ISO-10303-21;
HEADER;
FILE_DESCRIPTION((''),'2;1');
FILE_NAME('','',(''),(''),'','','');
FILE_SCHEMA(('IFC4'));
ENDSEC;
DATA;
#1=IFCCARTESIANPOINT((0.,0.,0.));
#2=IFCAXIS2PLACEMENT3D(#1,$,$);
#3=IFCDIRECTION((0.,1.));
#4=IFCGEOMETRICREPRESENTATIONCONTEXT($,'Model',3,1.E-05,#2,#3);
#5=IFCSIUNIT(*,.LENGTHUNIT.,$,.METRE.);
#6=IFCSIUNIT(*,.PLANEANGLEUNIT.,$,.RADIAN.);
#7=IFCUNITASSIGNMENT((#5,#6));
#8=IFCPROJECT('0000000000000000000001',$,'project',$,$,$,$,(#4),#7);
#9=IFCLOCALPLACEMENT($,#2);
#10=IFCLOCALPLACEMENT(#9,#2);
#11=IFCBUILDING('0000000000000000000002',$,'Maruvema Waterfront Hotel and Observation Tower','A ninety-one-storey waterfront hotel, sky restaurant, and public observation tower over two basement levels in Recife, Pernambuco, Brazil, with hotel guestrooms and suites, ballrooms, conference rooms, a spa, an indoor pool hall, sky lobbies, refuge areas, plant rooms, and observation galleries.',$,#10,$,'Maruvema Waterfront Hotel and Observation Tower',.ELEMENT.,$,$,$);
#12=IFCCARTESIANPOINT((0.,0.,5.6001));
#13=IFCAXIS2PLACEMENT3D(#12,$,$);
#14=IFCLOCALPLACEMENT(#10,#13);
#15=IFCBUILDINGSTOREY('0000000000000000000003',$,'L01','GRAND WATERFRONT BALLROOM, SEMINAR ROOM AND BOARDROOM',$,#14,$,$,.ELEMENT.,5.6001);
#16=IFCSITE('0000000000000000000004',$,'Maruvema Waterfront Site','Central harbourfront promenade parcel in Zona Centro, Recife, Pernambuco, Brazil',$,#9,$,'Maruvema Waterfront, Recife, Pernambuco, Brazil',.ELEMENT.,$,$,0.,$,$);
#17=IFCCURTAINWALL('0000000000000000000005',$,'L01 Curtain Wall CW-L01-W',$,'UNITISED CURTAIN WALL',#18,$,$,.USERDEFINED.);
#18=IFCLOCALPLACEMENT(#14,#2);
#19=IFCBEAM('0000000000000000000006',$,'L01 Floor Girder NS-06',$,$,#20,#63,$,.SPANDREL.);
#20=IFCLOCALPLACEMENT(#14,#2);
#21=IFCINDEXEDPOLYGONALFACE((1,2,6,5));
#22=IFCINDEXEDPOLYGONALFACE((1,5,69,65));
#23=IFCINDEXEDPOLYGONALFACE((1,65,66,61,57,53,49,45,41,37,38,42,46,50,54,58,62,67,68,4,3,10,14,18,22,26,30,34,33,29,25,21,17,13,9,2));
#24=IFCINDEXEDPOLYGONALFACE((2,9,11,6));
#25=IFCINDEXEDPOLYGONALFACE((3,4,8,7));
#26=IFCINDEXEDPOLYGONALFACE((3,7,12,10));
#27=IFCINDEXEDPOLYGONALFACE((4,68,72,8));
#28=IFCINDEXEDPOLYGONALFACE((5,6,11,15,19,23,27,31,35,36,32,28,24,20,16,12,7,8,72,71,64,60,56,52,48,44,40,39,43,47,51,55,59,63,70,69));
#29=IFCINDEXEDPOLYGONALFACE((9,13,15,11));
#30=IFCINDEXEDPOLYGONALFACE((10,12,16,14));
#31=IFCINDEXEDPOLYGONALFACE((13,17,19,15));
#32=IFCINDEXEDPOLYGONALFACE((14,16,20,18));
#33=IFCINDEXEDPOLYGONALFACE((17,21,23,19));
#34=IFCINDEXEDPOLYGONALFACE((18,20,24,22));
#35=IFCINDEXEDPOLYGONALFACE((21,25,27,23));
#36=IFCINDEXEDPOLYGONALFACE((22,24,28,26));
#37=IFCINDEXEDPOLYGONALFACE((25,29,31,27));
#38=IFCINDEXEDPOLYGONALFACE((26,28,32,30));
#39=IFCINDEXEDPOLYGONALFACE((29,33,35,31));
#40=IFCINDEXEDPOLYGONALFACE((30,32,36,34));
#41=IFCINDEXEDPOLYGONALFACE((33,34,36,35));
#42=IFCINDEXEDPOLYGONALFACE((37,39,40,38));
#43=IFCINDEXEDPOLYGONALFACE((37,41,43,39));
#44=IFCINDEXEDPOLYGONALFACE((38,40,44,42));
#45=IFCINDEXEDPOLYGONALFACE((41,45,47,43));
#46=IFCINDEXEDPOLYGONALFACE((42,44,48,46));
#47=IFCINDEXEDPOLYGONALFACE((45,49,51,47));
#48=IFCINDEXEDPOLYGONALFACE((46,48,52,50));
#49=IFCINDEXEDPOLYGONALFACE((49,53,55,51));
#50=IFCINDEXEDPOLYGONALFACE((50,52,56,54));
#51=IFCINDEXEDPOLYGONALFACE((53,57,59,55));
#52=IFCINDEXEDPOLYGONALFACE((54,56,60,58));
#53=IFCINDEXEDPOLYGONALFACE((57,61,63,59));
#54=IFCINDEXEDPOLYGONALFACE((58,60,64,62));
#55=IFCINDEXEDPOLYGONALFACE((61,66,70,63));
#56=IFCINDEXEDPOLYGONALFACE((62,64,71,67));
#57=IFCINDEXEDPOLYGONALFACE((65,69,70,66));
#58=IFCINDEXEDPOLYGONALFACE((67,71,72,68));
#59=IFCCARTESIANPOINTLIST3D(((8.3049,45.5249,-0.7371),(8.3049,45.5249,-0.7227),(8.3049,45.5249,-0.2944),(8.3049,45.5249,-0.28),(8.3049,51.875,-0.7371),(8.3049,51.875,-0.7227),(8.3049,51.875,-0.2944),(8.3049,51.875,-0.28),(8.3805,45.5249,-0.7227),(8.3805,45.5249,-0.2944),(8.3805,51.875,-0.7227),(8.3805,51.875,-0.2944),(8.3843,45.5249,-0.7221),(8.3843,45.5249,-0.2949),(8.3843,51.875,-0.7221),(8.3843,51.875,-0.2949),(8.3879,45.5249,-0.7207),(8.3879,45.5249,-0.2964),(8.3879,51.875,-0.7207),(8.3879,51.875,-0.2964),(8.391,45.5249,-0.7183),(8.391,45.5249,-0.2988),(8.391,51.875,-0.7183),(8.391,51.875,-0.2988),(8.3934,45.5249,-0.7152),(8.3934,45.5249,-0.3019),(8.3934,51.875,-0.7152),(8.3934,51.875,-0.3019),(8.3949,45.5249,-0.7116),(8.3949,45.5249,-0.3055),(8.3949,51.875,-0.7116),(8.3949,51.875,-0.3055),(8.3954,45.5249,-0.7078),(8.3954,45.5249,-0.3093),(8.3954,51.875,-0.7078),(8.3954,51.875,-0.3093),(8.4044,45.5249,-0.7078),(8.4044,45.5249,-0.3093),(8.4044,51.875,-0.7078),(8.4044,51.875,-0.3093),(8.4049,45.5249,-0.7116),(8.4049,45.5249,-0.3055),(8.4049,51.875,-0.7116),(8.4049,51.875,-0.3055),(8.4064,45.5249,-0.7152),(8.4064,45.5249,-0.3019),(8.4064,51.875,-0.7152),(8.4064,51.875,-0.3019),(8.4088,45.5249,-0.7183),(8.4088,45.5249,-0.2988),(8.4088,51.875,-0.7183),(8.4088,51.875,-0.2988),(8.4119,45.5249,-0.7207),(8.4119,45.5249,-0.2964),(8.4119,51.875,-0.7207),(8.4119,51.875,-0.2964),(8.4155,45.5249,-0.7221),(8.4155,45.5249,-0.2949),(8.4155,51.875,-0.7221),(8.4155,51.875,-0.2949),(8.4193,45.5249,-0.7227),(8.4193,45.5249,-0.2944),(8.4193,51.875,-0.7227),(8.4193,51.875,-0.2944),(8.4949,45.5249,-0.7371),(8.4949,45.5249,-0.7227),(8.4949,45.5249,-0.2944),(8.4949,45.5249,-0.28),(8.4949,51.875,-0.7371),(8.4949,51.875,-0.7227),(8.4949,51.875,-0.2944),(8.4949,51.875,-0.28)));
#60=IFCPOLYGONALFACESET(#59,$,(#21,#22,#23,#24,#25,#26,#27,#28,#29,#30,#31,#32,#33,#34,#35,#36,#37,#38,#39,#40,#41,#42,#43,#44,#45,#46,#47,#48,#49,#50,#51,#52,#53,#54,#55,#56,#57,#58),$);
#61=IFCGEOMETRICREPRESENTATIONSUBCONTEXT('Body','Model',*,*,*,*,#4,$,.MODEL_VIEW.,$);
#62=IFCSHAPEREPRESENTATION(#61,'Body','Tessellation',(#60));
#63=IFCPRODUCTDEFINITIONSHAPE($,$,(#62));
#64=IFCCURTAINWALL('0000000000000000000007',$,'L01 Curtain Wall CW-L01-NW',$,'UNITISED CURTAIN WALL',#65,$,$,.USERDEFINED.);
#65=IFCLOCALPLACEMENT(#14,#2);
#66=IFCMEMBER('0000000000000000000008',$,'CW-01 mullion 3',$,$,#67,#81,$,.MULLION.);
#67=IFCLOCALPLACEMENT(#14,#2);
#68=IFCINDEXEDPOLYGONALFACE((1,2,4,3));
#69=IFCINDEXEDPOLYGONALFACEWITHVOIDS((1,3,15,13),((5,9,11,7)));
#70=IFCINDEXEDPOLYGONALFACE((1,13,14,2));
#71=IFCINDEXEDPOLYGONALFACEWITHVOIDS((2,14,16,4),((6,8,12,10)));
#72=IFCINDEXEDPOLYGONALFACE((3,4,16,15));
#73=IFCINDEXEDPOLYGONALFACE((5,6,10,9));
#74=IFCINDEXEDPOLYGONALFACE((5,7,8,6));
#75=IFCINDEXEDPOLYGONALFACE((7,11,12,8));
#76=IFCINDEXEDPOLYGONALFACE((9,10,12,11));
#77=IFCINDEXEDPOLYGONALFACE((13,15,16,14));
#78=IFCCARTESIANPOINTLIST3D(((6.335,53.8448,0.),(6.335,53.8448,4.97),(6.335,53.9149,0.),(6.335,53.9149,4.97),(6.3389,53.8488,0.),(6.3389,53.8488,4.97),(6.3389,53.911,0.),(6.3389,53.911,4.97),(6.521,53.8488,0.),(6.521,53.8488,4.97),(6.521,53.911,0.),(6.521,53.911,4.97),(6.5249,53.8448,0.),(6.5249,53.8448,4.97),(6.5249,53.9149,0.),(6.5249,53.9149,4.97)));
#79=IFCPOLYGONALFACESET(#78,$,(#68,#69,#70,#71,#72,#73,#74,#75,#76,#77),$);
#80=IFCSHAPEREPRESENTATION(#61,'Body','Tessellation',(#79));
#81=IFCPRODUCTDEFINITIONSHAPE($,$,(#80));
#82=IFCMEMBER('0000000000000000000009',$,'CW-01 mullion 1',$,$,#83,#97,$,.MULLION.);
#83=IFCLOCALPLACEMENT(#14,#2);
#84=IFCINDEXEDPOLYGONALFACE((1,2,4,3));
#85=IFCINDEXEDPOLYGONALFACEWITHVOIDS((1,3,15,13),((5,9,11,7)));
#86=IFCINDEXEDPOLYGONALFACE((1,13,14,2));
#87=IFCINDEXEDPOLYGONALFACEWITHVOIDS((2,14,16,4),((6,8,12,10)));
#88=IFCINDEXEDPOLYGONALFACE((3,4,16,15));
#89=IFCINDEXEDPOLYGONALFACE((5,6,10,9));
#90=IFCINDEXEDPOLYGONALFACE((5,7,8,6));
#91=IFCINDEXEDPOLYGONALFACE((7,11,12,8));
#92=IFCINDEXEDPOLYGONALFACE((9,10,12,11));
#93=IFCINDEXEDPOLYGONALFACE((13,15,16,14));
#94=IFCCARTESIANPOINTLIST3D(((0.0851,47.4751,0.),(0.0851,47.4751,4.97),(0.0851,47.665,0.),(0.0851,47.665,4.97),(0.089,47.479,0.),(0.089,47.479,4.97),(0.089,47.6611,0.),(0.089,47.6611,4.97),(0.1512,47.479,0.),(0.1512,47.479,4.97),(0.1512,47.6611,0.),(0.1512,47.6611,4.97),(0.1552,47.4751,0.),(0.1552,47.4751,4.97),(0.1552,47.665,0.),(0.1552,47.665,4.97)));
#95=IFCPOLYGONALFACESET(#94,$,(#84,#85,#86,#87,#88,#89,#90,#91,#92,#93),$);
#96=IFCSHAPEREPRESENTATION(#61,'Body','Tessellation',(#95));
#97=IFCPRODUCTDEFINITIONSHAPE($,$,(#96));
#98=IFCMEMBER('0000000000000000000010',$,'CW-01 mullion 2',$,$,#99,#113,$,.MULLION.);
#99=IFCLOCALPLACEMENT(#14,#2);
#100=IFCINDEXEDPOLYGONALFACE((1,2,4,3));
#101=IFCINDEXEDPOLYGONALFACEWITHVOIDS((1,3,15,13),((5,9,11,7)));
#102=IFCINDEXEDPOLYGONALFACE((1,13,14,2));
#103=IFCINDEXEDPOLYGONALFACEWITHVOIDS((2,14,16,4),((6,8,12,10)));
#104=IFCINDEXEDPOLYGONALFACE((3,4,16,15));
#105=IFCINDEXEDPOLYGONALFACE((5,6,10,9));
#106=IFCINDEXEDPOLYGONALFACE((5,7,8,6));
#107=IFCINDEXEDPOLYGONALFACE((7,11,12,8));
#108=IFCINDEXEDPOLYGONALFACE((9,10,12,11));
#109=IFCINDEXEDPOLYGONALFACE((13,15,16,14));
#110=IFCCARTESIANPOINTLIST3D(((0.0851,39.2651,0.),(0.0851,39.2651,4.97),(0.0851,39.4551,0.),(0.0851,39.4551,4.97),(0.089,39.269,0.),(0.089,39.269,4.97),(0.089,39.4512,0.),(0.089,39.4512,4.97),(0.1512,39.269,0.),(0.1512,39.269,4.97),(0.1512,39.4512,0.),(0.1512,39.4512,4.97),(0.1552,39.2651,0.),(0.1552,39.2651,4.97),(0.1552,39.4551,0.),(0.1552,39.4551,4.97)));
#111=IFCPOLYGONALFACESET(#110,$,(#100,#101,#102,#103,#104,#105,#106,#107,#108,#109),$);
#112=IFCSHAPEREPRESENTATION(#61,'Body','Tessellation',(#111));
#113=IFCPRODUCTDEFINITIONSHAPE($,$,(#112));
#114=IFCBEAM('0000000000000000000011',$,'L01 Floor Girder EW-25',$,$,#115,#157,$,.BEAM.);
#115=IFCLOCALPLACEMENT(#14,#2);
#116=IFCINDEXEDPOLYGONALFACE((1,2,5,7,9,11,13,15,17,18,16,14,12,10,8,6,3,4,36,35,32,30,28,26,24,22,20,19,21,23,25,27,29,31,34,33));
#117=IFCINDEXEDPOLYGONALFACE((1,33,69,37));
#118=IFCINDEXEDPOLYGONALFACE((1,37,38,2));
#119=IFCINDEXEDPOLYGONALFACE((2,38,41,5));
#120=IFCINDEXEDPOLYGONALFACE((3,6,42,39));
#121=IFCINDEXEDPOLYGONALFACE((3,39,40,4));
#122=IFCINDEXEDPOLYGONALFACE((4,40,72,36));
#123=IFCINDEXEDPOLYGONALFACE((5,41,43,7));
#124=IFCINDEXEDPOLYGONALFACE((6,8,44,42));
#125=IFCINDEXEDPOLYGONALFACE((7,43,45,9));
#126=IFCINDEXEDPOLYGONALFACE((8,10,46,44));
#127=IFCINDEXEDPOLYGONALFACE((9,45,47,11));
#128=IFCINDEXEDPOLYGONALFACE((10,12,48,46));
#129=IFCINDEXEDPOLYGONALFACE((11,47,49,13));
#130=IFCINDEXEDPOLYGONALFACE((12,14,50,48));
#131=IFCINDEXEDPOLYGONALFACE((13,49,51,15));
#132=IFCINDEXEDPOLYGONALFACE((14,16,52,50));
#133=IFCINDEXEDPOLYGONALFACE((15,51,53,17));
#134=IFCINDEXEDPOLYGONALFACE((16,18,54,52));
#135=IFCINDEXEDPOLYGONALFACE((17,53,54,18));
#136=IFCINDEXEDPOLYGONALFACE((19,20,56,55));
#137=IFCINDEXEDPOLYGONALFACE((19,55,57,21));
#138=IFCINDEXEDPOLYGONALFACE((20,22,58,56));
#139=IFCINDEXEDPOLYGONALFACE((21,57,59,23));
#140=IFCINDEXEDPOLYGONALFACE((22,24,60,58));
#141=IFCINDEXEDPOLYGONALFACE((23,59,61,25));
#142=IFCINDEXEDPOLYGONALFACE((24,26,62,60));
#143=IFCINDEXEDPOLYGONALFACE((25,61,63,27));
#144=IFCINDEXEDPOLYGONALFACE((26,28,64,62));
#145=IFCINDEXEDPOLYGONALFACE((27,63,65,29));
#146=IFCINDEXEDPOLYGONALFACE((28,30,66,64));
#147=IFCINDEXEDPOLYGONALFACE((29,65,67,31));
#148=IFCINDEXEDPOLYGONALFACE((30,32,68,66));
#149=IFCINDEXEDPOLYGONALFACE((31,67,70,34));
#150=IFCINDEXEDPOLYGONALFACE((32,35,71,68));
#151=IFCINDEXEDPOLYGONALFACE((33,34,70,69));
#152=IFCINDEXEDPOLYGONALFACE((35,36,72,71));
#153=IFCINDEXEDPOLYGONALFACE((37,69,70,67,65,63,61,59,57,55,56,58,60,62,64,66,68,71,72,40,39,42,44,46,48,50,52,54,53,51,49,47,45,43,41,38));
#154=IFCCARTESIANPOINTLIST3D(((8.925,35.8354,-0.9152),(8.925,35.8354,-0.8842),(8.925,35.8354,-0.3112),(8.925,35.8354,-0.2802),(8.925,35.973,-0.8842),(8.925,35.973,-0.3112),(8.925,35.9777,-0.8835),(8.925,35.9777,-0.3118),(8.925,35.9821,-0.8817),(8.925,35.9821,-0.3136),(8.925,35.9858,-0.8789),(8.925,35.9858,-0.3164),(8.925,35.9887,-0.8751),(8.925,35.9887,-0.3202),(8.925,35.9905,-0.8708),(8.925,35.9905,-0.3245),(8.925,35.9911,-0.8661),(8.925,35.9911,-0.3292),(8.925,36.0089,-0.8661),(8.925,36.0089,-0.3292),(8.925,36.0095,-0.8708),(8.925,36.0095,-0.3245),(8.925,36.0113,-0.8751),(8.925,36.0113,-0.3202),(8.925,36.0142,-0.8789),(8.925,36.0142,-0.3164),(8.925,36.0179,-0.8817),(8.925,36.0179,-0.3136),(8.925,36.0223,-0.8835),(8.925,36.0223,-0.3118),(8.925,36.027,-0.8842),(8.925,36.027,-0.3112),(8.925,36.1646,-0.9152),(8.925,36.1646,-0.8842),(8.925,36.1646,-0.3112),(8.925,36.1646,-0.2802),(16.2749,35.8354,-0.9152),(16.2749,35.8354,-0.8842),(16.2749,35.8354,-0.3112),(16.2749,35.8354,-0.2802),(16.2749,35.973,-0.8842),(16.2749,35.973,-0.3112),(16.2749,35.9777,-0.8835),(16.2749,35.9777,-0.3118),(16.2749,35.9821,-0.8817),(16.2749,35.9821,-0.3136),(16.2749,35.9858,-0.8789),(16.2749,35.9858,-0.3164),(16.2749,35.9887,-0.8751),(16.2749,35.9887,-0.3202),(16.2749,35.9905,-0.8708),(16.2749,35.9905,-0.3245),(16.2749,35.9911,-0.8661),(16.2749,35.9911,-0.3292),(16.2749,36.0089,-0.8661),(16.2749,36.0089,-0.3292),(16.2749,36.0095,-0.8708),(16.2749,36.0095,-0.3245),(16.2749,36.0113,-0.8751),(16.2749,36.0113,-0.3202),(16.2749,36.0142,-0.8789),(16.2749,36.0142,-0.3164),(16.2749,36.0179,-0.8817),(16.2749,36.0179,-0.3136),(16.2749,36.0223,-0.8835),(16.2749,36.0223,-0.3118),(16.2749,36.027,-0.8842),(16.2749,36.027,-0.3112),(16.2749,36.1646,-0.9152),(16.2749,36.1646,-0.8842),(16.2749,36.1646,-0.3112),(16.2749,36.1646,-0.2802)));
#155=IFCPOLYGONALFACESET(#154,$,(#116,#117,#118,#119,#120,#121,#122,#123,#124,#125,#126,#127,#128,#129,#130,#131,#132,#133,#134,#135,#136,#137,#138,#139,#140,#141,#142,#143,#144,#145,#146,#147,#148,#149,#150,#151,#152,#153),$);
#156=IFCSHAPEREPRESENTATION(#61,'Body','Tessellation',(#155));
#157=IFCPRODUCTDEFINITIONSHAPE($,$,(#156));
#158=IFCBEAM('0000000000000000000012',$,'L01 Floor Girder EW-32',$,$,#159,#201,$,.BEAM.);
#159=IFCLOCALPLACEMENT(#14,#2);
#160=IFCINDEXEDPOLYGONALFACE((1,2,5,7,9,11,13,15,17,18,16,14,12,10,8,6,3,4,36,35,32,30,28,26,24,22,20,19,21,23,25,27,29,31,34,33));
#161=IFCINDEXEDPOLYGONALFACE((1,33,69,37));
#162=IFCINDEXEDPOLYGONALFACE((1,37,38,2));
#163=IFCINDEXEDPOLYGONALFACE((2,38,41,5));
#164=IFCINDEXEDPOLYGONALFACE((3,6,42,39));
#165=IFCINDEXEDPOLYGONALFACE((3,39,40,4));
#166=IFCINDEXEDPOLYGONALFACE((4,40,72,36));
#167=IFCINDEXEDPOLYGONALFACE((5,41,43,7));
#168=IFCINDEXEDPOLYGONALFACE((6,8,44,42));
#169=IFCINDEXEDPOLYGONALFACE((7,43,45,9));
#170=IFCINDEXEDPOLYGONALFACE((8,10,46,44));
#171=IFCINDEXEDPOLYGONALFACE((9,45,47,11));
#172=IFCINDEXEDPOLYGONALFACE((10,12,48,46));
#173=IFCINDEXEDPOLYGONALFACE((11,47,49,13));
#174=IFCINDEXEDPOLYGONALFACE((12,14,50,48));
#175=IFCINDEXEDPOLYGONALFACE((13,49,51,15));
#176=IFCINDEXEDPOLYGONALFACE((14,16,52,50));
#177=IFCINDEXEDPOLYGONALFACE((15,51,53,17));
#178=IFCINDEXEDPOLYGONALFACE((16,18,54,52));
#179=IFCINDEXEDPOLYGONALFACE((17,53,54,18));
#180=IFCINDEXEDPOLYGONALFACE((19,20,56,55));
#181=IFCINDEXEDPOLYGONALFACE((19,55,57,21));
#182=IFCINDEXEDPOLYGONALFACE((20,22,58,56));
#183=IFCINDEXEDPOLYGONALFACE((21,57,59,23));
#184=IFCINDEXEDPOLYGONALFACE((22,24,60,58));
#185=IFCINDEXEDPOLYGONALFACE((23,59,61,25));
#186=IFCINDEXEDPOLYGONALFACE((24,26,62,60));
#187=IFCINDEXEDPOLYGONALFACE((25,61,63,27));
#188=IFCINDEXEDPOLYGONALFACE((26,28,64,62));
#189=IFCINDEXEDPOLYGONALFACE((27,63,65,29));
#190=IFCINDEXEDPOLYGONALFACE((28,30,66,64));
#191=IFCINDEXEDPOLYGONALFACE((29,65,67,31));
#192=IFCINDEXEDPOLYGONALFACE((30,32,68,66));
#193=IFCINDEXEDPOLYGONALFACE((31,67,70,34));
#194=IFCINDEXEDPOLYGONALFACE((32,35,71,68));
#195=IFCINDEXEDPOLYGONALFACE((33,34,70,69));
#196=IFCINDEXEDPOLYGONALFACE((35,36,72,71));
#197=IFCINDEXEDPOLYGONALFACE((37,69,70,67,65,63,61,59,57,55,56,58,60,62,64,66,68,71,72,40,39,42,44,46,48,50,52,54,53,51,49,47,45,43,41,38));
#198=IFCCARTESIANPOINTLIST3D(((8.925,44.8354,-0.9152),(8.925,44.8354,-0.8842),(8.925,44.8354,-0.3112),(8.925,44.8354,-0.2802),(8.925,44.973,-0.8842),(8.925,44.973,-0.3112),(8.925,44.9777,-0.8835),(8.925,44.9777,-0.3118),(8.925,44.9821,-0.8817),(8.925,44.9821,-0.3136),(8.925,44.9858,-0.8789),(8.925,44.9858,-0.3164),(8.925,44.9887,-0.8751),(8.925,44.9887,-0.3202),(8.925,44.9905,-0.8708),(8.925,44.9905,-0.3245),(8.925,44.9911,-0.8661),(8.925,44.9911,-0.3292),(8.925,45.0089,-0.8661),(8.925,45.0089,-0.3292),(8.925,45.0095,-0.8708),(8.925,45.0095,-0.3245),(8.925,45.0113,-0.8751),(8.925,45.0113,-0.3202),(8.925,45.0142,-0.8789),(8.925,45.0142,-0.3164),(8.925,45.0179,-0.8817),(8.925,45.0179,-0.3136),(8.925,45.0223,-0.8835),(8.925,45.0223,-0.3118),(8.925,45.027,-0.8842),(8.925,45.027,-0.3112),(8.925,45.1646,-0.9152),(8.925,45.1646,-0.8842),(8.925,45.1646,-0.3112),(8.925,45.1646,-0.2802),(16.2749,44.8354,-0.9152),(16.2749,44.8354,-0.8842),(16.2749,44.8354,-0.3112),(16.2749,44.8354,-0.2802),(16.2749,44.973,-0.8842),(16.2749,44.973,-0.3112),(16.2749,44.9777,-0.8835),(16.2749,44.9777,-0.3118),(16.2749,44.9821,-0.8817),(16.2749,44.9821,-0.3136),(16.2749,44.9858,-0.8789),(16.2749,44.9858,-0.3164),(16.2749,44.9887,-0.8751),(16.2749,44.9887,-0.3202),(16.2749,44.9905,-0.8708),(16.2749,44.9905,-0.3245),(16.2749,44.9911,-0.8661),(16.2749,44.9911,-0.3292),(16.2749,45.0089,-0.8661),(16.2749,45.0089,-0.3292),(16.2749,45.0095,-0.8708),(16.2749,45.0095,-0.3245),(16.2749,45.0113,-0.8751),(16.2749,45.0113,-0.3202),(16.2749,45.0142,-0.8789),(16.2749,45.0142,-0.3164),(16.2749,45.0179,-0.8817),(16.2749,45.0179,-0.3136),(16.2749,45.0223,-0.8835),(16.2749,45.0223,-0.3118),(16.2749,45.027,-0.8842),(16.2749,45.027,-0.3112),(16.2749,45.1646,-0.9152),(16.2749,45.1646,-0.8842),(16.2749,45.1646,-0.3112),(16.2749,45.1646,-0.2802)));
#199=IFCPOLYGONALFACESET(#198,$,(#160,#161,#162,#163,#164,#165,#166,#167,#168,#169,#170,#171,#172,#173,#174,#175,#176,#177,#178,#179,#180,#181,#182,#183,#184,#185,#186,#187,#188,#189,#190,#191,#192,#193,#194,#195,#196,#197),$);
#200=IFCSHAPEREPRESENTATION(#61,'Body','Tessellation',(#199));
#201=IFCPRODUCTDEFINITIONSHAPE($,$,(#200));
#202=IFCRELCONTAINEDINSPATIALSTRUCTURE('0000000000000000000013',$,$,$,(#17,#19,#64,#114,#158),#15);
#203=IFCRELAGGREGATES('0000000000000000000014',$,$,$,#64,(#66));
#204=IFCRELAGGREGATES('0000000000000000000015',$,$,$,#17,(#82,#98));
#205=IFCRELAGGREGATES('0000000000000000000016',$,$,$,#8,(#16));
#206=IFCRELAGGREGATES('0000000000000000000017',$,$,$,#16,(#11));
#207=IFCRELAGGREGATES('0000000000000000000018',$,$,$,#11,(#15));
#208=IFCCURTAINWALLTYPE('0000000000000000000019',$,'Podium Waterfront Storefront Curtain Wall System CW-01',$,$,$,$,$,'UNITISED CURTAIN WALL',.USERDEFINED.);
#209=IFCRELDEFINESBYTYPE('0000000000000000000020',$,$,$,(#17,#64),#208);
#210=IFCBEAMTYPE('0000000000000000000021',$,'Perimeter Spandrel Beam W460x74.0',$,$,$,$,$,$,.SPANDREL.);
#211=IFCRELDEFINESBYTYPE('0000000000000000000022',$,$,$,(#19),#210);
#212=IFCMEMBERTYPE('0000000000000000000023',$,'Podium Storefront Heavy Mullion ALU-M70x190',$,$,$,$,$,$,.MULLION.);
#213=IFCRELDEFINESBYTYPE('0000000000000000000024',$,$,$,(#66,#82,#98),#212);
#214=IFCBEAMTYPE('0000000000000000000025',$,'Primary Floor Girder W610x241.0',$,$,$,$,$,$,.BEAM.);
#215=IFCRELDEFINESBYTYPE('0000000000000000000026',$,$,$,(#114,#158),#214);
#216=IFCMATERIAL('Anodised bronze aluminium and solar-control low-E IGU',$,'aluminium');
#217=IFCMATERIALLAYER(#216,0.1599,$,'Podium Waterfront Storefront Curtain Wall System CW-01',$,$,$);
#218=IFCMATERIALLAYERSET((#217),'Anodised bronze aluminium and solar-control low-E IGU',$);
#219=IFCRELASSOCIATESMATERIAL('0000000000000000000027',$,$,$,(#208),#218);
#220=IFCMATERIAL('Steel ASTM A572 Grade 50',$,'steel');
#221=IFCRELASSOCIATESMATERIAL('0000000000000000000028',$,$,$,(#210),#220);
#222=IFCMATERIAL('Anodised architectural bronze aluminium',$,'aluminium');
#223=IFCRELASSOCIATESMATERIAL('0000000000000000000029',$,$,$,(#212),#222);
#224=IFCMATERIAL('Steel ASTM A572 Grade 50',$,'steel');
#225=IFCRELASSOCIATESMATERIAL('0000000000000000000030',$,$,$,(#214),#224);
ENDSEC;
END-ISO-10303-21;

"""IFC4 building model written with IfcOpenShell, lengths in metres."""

from ifc_helpers import new_model, si_unit, direction, frame, origin, origin_2d, place, context, subcontext, project, spatial, hollow_rectangle, i_section, extrude, material, layer, layer_set, material_profile, profile_set, type_object, element, aggregate, save


model = new_model("IFC4")

# Units and contexts
model_context = context("Model", 3, precision=1e-05, world=origin(), true_north=direction((0.0, 1.0)))
body_context = subcontext(model_context, "Body", "Model", "MODEL_VIEW")
ifc_project = project(units=[si_unit("LENGTHUNIT", "METRE"), si_unit("PLANEANGLEUNIT", "RADIAN")], contexts=[model_context])

# Site, building, storey
site_placement = place(None, origin())
site = spatial("IfcSite", under=ifc_project, at=site_placement, Name="Maruvema Waterfront Site", Description="Central harbourfront promenade parcel in Zona Centro, Recife, Pernambuco, Brazil", LongName="Maruvema Waterfront, Recife, Pernambuco, Brazil", CompositionType="ELEMENT", RefElevation=0.0)
building_placement = place(site_placement, origin())
building = spatial("IfcBuilding", under=site, at=building_placement, Name="Maruvema Waterfront Hotel and Observation Tower", Description="A ninety-one-storey waterfront hotel, sky restaurant, and public observation tower over two basement levels in Recife, Pernambuco, Brazil, with hotel guestrooms and suites, ballrooms, conference rooms, a spa, an indoor pool hall, sky lobbies, refuge areas, plant rooms, and observation galleries.", LongName="Maruvema Waterfront Hotel and Observation Tower", CompositionType="ELEMENT")
storey_placement = place(building_placement, frame((0.0, 0.0, 5.6001)))
storey = spatial("IfcBuildingStorey", under=building, at=storey_placement, Name="L01", Description="GRAND WATERFRONT BALLROOM, SEMINAR ROOM AND BOARDROOM", CompositionType="ELEMENT", Elevation=5.6001)

# Curtain wall
ifc_material_1 = material(Name="Anodised bronze aluminium and solar-control low-E IGU", Category="aluminium")
ifc_layer_1 = layer(ifc_material_1, 0.1599, Name="Podium Waterfront Storefront Curtain Wall System CW-01")
ifc_layer_set_1 = layer_set([ifc_layer_1], Name="Anodised bronze aluminium and solar-control low-E IGU")
curtain_wall_type = type_object("IfcCurtainWallType", Name="Podium Waterfront Storefront Curtain Wall System CW-01", ElementType="UNITISED CURTAIN WALL", PredefinedType="USERDEFINED", material=ifc_layer_set_1)
curtain_wall_1_placement = place(storey_placement, origin())
curtain_wall_1 = element("IfcCurtainWall", 1, at=curtain_wall_1_placement, inside=storey, type_object=curtain_wall_type, Name="L01 Curtain Wall CW-L01-W", ObjectType="UNITISED CURTAIN WALL", PredefinedType="USERDEFINED")

# Beam
ifc_material_2 = material(Name="Steel ASTM A572 Grade 50", Category="steel")
ifc_material_profile_1 = material_profile(ifc_material_2, i_section(OverallWidth=0.1899, OverallDepth=0.457, WebThickness=0.009, FlangeThickness=0.0144, FilletRadius=0.0149, at=origin_2d()), Name="W460x74.0")
ifc_profile_set_1 = profile_set([ifc_material_profile_1], Name="Steel ASTM A572 Grade 50")
beam_type_1 = type_object("IfcBeamType", Name="Perimeter Spandrel Beam W460x74.0", PredefinedType="SPANDREL", material=ifc_profile_set_1)
beam_1_placement = place(storey_placement, frame((8.3999, 45.5249, -0.5085), z_axis=(0.0, 1.0, 0.0), x_axis=(-1.0, 0.0, 0.0)))
element("IfcBeam", 2, at=beam_1_placement, inside=storey, type_object=beam_type_1, Name="L01 Floor Girder NS-06", PredefinedType="SPANDREL", context=body_context, shape_type="SweptSolid", body=[
    extrude(i_section(OverallWidth=0.1899, OverallDepth=0.457, WebThickness=0.009, FlangeThickness=0.0144, FilletRadius=0.0149, at=origin_2d()), origin(), (0.0, 0.0, 1.0), 6.3501),
])

# Curtain wall, member
curtain_wall_2_placement = place(storey_placement, origin())
curtain_wall_2 = element("IfcCurtainWall", 3, at=curtain_wall_2_placement, inside=storey, type_object=curtain_wall_type, Name="L01 Curtain Wall CW-L01-NW", ObjectType="UNITISED CURTAIN WALL", PredefinedType="USERDEFINED")
ifc_material_3 = material(Name="Anodised architectural bronze aluminium", Category="aluminium")
ifc_material_profile_2 = material_profile(ifc_material_3, hollow_rectangle(XDim=0.0701, YDim=0.1899, WallThickness=0.0039, at=origin_2d()), Name="ALU-M70x190")
ifc_profile_set_2 = profile_set([ifc_material_profile_2], Name="Anodised architectural bronze aluminium")
member_type_1 = type_object("IfcMemberType", Name="Podium Storefront Heavy Mullion ALU-M70x190", PredefinedType="MULLION", material=ifc_profile_set_2)
member_1_placement = place(storey_placement, frame((6.4299, 53.8799, 0.0), z_axis=(0.0, 0.0, 1.0), x_axis=(0.0, -1.0, 0.0)))
member_1 = element("IfcMember", 4, at=member_1_placement, type_object=member_type_1, Name="CW-01 mullion 3", PredefinedType="MULLION", context=body_context, shape_type="SweptSolid", body=[
    extrude(hollow_rectangle(XDim=0.0701, YDim=0.1899, WallThickness=0.0039, at=origin_2d()), origin(), (0.0, 0.0, 1.0), 4.97),
])

# Members
member_2_placement = place(storey_placement, frame((0.1201, 47.5701, 0.0), z_axis=(0.0, 0.0, 1.0), x_axis=(1.0, 0.0, 0.0)))
member_2 = element("IfcMember", 5, at=member_2_placement, type_object=member_type_1, Name="CW-01 mullion 1", PredefinedType="MULLION", context=body_context, shape_type="SweptSolid", body=[
    extrude(hollow_rectangle(XDim=0.0701, YDim=0.1899, WallThickness=0.0039, at=origin_2d()), origin(), (0.0, 0.0, 1.0), 4.97),
])
member_3_placement = place(storey_placement, frame((0.1201, 39.3601, 0.0), z_axis=(0.0, 0.0, 1.0), x_axis=(1.0, 0.0, 0.0)))
member_3 = element("IfcMember", 6, at=member_3_placement, type_object=member_type_1, Name="CW-01 mullion 2", PredefinedType="MULLION", context=body_context, shape_type="SweptSolid", body=[
    extrude(hollow_rectangle(XDim=0.0701, YDim=0.1899, WallThickness=0.0039, at=origin_2d()), origin(), (0.0, 0.0, 1.0), 4.97),
])

# Beams
ifc_material_4 = material(Name="Steel ASTM A572 Grade 50", Category="steel")
ifc_material_profile_3 = material_profile(ifc_material_4, i_section(OverallWidth=0.3291, OverallDepth=0.635, WebThickness=0.0178, FlangeThickness=0.031, FilletRadius=0.0181, at=origin_2d()), Name="W610x241.0")
ifc_profile_set_3 = profile_set([ifc_material_profile_3], Name="Steel ASTM A572 Grade 50")
beam_type_2 = type_object("IfcBeamType", Name="Primary Floor Girder W610x241.0", PredefinedType="BEAM", material=ifc_profile_set_3)
for number, where, z_axis, x_axis, name in (
    (7, (8.925, 36.0, -0.5977), (1.0, 0.0, 0.0), (0.0, 1.0, 0.0), "L01 Floor Girder EW-25"),
    (8, (8.925, 45.0, -0.5977), (1.0, 0.0, 0.0), (0.0, 1.0, 0.0), "L01 Floor Girder EW-32"),
):
    element("IfcBeam", number, at=place(storey_placement, frame(where, z_axis=z_axis, x_axis=x_axis)), inside=storey, type_object=beam_type_2, Name=name, PredefinedType="BEAM", context=body_context, shape_type="SweptSolid", body=[
        extrude(i_section(OverallWidth=0.3291, OverallDepth=0.635, WebThickness=0.0178, FlangeThickness=0.031, FilletRadius=0.0181, at=origin_2d()), origin(), (0.0, 0.0, 1.0), 7.3499),
    ])

aggregate(curtain_wall_2, [member_1])
aggregate(curtain_wall_1, [member_2, member_3])

save(model, "model.ifc")
